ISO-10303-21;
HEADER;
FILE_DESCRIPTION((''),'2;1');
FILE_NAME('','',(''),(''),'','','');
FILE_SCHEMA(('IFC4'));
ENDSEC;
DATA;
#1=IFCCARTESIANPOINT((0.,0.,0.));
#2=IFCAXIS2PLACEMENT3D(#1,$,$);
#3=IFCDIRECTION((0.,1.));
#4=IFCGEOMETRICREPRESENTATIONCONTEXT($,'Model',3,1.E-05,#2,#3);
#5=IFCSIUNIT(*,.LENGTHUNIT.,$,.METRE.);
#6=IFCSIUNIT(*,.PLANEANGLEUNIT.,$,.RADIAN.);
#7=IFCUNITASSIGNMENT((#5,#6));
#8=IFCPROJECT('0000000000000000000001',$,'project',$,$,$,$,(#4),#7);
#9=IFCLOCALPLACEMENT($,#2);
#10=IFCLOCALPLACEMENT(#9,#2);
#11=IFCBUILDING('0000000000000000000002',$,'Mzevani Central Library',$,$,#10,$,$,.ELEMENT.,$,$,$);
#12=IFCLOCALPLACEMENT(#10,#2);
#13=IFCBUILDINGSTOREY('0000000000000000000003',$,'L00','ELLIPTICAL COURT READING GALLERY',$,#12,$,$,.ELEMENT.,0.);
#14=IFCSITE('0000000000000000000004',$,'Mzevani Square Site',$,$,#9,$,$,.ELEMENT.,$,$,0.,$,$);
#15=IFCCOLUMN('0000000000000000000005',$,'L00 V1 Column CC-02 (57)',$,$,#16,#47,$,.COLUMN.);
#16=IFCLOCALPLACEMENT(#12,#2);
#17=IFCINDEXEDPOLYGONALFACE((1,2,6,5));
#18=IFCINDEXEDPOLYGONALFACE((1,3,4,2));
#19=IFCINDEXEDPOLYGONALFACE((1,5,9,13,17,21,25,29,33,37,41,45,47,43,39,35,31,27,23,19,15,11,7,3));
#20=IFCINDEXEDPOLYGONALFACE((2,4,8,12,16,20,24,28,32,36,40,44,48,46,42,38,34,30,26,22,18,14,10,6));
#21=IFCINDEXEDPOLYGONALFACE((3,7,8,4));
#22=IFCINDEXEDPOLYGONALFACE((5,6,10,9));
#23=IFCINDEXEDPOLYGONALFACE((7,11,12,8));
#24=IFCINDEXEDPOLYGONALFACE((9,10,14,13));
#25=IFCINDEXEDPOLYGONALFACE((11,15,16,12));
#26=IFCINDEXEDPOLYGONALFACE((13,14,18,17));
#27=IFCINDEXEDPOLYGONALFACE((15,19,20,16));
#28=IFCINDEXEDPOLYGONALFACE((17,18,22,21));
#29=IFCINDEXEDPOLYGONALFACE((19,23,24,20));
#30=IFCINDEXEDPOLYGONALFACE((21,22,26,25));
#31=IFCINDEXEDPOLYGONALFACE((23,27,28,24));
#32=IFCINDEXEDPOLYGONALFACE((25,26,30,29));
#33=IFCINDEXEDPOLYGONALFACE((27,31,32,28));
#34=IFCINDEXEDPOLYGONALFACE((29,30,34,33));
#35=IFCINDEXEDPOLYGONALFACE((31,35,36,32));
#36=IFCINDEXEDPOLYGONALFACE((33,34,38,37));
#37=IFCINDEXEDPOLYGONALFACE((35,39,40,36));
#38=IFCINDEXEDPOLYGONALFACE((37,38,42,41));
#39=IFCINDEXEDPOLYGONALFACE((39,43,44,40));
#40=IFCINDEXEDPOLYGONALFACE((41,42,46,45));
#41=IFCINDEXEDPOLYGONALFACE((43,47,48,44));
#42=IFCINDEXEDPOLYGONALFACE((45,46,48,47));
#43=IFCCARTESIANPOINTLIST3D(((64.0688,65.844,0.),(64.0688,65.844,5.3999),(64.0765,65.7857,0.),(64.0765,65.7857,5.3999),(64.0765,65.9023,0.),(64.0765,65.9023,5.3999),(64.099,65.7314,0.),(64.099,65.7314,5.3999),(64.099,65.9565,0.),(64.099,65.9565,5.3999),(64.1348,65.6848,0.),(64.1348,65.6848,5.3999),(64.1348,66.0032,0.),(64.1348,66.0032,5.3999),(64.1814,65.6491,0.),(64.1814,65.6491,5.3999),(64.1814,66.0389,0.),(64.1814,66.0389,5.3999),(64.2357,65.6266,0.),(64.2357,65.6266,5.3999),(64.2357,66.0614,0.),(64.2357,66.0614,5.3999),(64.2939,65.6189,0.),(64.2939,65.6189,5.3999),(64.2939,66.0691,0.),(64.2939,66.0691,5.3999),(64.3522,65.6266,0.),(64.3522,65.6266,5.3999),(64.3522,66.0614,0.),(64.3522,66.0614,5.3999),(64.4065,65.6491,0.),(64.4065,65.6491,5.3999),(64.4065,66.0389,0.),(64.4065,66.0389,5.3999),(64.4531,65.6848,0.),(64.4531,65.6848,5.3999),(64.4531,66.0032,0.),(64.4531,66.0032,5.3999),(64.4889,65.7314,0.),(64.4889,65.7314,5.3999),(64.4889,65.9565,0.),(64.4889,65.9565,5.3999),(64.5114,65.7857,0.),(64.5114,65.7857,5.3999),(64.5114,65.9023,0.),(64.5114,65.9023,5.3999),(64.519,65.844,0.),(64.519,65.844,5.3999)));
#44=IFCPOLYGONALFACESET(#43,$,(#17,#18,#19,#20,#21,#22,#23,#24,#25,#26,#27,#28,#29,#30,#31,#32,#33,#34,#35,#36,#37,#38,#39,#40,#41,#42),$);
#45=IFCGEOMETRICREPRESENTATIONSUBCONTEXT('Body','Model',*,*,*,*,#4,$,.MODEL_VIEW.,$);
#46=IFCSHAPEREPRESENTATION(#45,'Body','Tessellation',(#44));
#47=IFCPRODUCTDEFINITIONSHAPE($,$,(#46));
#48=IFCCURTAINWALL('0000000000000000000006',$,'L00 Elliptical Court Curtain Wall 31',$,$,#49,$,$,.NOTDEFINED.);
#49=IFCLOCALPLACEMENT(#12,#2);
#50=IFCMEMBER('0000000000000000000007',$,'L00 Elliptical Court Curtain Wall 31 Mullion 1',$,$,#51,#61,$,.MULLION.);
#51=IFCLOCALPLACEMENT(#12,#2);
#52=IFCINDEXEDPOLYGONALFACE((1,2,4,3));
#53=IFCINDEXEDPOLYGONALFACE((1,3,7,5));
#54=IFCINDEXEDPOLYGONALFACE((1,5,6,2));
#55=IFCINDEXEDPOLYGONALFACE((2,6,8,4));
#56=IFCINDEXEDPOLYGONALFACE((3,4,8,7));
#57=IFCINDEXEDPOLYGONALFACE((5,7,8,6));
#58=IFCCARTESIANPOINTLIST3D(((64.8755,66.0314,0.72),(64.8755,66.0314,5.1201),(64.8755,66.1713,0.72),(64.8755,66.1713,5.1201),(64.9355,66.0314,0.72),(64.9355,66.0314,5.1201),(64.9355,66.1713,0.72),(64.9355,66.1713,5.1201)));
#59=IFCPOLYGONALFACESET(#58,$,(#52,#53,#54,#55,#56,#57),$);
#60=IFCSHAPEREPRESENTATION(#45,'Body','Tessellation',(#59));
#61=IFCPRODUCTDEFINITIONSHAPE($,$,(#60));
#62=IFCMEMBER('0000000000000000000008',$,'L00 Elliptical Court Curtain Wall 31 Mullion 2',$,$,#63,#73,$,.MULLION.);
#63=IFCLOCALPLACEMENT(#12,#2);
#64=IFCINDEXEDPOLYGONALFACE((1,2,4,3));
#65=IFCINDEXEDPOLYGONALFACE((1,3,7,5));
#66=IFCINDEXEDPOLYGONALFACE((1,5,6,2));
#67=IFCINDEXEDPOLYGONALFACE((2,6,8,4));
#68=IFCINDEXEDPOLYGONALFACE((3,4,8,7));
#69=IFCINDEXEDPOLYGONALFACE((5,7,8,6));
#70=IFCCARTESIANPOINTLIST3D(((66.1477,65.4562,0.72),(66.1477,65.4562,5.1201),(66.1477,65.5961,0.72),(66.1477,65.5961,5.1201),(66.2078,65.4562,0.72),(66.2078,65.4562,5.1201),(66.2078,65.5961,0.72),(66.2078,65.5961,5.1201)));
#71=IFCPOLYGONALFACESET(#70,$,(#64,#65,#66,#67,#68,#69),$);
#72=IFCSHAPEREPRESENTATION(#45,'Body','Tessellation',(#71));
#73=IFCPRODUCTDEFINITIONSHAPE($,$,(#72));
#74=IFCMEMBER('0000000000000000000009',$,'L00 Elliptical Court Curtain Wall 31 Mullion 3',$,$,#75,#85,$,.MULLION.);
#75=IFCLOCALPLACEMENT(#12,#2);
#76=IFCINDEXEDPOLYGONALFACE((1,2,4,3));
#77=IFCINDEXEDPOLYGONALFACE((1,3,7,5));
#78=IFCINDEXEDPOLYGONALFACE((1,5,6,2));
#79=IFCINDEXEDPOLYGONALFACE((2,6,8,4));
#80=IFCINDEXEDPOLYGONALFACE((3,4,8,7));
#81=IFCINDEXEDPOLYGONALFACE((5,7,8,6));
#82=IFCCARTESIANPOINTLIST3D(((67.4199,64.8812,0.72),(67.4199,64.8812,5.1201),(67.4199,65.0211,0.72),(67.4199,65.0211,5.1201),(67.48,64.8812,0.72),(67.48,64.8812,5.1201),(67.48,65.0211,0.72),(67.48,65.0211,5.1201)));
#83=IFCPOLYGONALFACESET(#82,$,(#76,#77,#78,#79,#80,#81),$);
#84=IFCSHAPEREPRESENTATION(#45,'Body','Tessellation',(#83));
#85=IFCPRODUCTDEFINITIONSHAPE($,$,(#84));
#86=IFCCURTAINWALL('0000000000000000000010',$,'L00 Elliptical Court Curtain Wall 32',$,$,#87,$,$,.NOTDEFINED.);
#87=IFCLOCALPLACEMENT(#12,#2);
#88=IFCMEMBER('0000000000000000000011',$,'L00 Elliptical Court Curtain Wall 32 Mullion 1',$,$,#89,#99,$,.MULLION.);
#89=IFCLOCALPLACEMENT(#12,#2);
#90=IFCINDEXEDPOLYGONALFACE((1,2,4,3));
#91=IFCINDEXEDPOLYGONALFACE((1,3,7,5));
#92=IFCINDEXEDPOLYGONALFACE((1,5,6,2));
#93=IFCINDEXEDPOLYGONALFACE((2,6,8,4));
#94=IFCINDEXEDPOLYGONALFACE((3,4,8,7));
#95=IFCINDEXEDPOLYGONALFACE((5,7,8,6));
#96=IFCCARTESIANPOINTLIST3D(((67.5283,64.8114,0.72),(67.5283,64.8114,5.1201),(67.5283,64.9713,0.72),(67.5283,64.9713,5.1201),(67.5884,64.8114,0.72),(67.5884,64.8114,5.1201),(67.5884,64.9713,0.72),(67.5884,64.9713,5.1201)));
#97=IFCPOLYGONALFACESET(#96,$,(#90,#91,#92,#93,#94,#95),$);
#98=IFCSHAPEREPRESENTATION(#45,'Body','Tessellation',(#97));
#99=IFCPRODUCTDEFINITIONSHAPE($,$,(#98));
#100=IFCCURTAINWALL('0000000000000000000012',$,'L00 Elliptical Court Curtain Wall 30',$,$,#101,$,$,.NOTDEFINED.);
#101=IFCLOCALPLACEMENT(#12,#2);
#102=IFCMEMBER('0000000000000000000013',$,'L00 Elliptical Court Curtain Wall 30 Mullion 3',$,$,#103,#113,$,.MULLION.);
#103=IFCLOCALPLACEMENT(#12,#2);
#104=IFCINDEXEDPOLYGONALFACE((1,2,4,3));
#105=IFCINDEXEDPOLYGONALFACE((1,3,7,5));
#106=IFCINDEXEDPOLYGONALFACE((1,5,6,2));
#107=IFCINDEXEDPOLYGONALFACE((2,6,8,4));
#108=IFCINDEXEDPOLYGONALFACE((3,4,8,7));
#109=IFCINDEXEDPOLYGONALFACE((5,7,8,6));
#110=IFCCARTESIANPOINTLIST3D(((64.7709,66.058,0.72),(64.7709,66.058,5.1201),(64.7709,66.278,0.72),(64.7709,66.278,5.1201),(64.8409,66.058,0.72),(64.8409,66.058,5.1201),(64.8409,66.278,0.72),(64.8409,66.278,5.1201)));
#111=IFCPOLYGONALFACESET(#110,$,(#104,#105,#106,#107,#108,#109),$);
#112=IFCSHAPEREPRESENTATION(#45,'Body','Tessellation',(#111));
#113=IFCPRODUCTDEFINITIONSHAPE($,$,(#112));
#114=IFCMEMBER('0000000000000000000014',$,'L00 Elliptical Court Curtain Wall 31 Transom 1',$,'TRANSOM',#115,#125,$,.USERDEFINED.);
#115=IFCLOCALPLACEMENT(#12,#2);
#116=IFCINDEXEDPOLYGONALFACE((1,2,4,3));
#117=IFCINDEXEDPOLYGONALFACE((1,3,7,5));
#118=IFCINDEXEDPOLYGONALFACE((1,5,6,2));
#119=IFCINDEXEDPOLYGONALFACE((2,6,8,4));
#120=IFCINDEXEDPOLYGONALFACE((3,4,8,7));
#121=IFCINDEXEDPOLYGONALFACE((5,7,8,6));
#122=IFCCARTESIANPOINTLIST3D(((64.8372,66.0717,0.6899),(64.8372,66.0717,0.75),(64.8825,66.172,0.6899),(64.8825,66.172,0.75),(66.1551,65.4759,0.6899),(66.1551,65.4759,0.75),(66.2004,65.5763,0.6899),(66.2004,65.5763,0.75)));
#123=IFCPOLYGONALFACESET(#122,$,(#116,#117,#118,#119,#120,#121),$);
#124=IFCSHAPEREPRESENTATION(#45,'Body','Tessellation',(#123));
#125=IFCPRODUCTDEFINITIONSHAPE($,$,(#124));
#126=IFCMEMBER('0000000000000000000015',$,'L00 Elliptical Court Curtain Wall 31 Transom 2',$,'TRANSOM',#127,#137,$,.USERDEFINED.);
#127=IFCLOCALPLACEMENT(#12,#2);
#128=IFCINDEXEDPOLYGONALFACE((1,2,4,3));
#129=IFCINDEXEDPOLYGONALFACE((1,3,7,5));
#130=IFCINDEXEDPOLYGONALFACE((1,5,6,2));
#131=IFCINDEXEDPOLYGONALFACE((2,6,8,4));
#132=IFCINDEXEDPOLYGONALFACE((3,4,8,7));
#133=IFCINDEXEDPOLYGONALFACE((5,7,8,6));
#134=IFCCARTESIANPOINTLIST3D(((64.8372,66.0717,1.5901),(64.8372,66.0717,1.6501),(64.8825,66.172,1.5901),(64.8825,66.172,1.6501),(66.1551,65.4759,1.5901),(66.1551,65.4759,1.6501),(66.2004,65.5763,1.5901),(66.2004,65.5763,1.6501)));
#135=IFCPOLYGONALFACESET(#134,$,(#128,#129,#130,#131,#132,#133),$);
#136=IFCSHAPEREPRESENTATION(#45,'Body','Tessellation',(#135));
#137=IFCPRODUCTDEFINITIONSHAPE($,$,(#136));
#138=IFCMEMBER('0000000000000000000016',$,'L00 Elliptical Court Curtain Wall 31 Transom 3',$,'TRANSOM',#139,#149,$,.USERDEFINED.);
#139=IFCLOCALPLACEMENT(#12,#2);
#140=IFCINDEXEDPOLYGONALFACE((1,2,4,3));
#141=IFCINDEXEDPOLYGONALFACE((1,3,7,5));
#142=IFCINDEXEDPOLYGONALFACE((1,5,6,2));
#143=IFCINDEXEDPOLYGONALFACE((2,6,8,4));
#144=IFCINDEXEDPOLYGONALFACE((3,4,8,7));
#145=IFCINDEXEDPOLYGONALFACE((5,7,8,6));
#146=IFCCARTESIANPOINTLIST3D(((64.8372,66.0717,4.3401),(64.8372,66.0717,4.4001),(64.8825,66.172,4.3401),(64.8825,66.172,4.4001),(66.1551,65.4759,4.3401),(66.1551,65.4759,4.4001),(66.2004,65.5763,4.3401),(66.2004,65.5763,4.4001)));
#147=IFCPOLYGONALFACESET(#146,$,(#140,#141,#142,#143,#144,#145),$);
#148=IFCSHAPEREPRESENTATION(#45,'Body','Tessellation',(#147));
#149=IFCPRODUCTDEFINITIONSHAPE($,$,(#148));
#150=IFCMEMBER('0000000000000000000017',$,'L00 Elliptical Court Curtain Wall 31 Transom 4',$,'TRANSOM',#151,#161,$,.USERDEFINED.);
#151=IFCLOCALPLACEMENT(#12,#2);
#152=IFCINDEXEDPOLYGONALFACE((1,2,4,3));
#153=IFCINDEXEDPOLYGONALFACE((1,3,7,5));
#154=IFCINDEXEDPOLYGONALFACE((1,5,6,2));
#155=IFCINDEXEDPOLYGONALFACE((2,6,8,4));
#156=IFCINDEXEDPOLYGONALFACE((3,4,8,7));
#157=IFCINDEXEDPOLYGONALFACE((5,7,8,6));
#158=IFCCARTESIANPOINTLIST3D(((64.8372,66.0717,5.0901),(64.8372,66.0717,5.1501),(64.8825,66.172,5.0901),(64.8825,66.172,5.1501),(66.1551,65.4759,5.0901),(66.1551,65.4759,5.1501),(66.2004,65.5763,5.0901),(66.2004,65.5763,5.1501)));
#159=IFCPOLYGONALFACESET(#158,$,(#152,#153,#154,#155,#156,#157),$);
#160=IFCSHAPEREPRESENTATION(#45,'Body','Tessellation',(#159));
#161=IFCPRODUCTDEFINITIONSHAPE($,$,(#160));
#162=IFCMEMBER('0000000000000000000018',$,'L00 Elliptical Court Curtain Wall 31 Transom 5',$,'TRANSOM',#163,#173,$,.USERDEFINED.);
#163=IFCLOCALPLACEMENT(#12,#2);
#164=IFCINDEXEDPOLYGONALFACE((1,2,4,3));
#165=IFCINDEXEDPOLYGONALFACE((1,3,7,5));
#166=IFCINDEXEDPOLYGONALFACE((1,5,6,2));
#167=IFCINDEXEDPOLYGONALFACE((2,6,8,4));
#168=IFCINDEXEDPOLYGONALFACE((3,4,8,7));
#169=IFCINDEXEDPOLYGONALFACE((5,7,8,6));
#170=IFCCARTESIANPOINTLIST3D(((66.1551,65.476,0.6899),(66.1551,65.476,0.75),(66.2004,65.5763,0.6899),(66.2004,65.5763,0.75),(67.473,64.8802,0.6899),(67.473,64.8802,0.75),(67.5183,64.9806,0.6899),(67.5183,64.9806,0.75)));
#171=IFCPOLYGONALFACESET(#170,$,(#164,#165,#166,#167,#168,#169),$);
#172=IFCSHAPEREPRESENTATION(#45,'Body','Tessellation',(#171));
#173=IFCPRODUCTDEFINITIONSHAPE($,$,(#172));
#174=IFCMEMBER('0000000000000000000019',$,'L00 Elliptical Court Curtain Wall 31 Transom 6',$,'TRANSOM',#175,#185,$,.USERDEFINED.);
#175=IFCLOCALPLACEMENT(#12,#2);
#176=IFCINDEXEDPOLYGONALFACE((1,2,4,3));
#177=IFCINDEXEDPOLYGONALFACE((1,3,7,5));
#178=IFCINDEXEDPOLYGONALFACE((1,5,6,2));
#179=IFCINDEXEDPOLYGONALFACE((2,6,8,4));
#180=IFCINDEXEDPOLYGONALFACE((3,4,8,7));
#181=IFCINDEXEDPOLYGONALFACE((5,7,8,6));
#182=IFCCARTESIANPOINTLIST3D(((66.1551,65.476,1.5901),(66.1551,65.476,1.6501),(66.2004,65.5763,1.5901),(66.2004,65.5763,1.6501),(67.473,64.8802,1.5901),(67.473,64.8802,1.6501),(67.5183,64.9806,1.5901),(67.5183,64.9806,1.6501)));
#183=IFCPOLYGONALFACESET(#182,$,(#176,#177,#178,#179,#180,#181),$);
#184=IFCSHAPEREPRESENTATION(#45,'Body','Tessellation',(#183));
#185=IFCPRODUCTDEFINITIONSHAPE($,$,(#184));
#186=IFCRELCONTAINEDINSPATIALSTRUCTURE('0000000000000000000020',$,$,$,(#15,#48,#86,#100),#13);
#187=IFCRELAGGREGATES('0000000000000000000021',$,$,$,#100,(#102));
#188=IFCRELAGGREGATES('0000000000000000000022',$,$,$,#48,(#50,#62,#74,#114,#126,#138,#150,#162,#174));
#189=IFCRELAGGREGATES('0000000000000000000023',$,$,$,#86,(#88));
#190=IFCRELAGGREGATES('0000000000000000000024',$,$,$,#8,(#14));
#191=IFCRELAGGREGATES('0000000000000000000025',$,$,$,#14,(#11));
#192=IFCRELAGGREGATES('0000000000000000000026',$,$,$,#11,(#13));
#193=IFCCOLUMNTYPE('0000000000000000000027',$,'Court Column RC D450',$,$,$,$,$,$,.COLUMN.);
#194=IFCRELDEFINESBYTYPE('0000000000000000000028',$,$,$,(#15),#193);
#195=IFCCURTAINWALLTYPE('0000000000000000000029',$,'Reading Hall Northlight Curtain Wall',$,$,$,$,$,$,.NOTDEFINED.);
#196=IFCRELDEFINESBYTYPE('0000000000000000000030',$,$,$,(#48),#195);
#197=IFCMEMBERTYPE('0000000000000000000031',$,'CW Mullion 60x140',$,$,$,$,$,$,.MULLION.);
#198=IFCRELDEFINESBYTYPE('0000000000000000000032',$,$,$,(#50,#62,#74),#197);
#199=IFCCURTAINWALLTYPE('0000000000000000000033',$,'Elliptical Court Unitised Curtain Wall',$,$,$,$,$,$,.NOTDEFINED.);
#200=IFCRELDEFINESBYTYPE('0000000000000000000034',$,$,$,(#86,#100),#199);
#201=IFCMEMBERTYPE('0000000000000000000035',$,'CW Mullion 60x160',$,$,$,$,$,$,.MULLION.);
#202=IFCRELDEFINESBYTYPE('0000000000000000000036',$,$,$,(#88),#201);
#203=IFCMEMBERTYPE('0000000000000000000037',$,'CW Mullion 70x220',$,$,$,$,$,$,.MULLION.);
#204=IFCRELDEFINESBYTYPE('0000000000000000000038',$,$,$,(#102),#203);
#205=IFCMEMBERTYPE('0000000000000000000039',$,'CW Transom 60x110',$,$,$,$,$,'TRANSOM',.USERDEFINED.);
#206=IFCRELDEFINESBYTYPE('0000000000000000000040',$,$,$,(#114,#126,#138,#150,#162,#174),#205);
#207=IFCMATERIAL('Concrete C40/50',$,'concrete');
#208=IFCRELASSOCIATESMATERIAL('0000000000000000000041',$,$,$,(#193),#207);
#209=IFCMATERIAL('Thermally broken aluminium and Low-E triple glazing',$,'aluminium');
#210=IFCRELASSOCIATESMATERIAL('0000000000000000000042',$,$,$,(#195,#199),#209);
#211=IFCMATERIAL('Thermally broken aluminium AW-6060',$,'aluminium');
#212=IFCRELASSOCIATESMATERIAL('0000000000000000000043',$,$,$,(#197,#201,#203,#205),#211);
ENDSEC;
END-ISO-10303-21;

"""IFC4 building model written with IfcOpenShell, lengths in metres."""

from ifc_helpers import new_model, si_unit, direction, frame, origin, origin_2d, place, context, subcontext, project, spatial, rectangle, circle, extrude, material, material_profile, profile_set, type_object, element, aggregate, save


model = new_model("IFC4")

# Units and contexts
model_context = context("Model", 3, precision=1e-05, world=origin(), true_north=direction((0.0, 1.0)))
body_context = subcontext(model_context, "Body", "Model", "MODEL_VIEW")
ifc_project = project(units=[si_unit("LENGTHUNIT", "METRE"), si_unit("PLANEANGLEUNIT", "RADIAN")], contexts=[model_context])

# Site, building, storey
site_placement = place(None, origin())
site = spatial("IfcSite", under=ifc_project, at=site_placement, Name="Mzevani Square Site", CompositionType="ELEMENT", RefElevation=0.0)
building_placement = place(site_placement, origin())
building = spatial("IfcBuilding", under=site, at=building_placement, Name="Mzevani Central Library", CompositionType="ELEMENT")
storey_placement = place(building_placement, origin())
storey = spatial("IfcBuildingStorey", under=building, at=storey_placement, Name="L00", Description="ELLIPTICAL COURT READING GALLERY", CompositionType="ELEMENT", Elevation=0.0)

# Column
ifc_material_1 = material(Name="Concrete C40/50", Category="concrete")
ifc_material_profile_1 = material_profile(ifc_material_1, circle(Radius=0.2251, at=origin_2d()), Name="RC D450")
ifc_profile_set_1 = profile_set([ifc_material_profile_1], Name="Concrete C40/50")
column_type = type_object("IfcColumnType", Name="Court Column RC D450", PredefinedType="COLUMN", material=ifc_profile_set_1)
column_placement = place(storey_placement, frame((64.2939, 65.844, 0.0), z_axis=(0.0, 0.0, 1.0), x_axis=(1.0, 0.0, 0.0)))
element("IfcColumn", 1, at=column_placement, inside=storey, type_object=column_type, Name="L00 V1 Column CC-02 (57)", PredefinedType="COLUMN", context=body_context, shape_type="SweptSolid", body=[
    extrude(circle(Radius=0.2251, at=origin_2d()), origin(), (0.0, 0.0, 1.0), 5.3999),
])

# Curtain wall, members
ifc_material_2 = material(Name="Thermally broken aluminium and Low-E triple glazing", Category="aluminium")
curtain_wall_type_1 = type_object("IfcCurtainWallType", Name="Reading Hall Northlight Curtain Wall", PredefinedType="NOTDEFINED", material=ifc_material_2)
curtain_wall_1_placement = place(storey_placement, origin())
curtain_wall_1 = element("IfcCurtainWall", 2, at=curtain_wall_1_placement, inside=storey, type_object=curtain_wall_type_1, Name="L00 Elliptical Court Curtain Wall 31", PredefinedType="NOTDEFINED")
ifc_material_3 = material(Name="Thermally broken aluminium AW-6060", Category="aluminium")
ifc_material_profile_2 = material_profile(ifc_material_3, rectangle(XDim=0.0601, YDim=0.1399, at=origin_2d()), Name="ALU M60x140")
ifc_profile_set_2 = profile_set([ifc_material_profile_2], Name="Thermally broken aluminium AW-6060")
member_type_1 = type_object("IfcMemberType", Name="CW Mullion 60x140", PredefinedType="MULLION", material=ifc_profile_set_2)
member_1_placement = place(storey_placement, frame((64.9055, 66.1013, 0.72), z_axis=(0.0, 0.0, 1.0), x_axis=(1.0, 0.0, 0.0)))
member_1 = element("IfcMember", 3, at=member_1_placement, type_object=member_type_1, Name="L00 Elliptical Court Curtain Wall 31 Mullion 1", PredefinedType="MULLION", context=body_context, shape_type="SweptSolid", body=[
    extrude(rectangle(XDim=0.0601, YDim=0.1399, at=origin_2d()), origin(), (0.0, 0.0, 1.0), 4.4001),
])
member_2_placement = place(storey_placement, frame((66.1777, 65.5261, 0.72), z_axis=(0.0, 0.0, 1.0), x_axis=(1.0, 0.0, 0.0)))
member_2 = element("IfcMember", 4, at=member_2_placement, type_object=member_type_1, Name="L00 Elliptical Court Curtain Wall 31 Mullion 2", PredefinedType="MULLION", context=body_context, shape_type="SweptSolid", body=[
    extrude(rectangle(XDim=0.0601, YDim=0.1399, at=origin_2d()), origin(), (0.0, 0.0, 1.0), 4.4001),
])
member_3_placement = place(storey_placement, frame((67.45, 64.9512, 0.72), z_axis=(0.0, 0.0, 1.0), x_axis=(1.0, 0.0, 0.0)))
member_3 = element("IfcMember", 5, at=member_3_placement, type_object=member_type_1, Name="L00 Elliptical Court Curtain Wall 31 Mullion 3", PredefinedType="MULLION", context=body_context, shape_type="SweptSolid", body=[
    extrude(rectangle(XDim=0.0601, YDim=0.1399, at=origin_2d()), origin(), (0.0, 0.0, 1.0), 4.4001),
])

# Curtain walls, members
curtain_wall_type_2 = type_object("IfcCurtainWallType", Name="Elliptical Court Unitised Curtain Wall", PredefinedType="NOTDEFINED", material=ifc_material_2)
curtain_wall_2_placement = place(storey_placement, origin())
curtain_wall_2 = element("IfcCurtainWall", 6, at=curtain_wall_2_placement, inside=storey, type_object=curtain_wall_type_2, Name="L00 Elliptical Court Curtain Wall 32", PredefinedType="NOTDEFINED")
ifc_material_profile_3 = material_profile(ifc_material_3, rectangle(XDim=0.0601, YDim=0.1599, at=origin_2d()), Name="ALU M60x160")
ifc_profile_set_3 = profile_set([ifc_material_profile_3], Name="Thermally broken aluminium AW-6060")
member_type_2 = type_object("IfcMemberType", Name="CW Mullion 60x160", PredefinedType="MULLION", material=ifc_profile_set_3)
member_4_placement = place(storey_placement, frame((67.5583, 64.8914, 0.72), z_axis=(0.0, 0.0, 1.0), x_axis=(1.0, 0.0, 0.0)))
member_4 = element("IfcMember", 7, at=member_4_placement, type_object=member_type_2, Name="L00 Elliptical Court Curtain Wall 32 Mullion 1", PredefinedType="MULLION", context=body_context, shape_type="SweptSolid", body=[
    extrude(rectangle(XDim=0.0601, YDim=0.1599, at=origin_2d()), origin(), (0.0, 0.0, 1.0), 4.4001),
])
curtain_wall_3_placement = place(storey_placement, origin())
curtain_wall_3 = element("IfcCurtainWall", 8, at=curtain_wall_3_placement, inside=storey, type_object=curtain_wall_type_2, Name="L00 Elliptical Court Curtain Wall 30", PredefinedType="NOTDEFINED")
ifc_material_profile_4 = material_profile(ifc_material_3, rectangle(XDim=0.0701, YDim=0.22, at=origin_2d()), Name="ALU M70x220")
ifc_profile_set_4 = profile_set([ifc_material_profile_4], Name="Thermally broken aluminium AW-6060")
member_type_3 = type_object("IfcMemberType", Name="CW Mullion 70x220", PredefinedType="MULLION", material=ifc_profile_set_4)
member_5_placement = place(storey_placement, frame((64.8059, 66.168, 0.72), z_axis=(0.0, 0.0, 1.0), x_axis=(1.0, 0.0, 0.0)))
member_5 = element("IfcMember", 9, at=member_5_placement, type_object=member_type_3, Name="L00 Elliptical Court Curtain Wall 30 Mullion 3", PredefinedType="MULLION", context=body_context, shape_type="SweptSolid", body=[
    extrude(rectangle(XDim=0.0701, YDim=0.22, at=origin_2d()), origin(), (0.0, 0.0, 1.0), 4.4001),
])

# Members
ifc_material_profile_5 = material_profile(ifc_material_3, rectangle(XDim=0.1101, YDim=0.0601, at=origin_2d()), Name="ALU T60x110")
ifc_profile_set_5 = profile_set([ifc_material_profile_5], Name="Thermally broken aluminium AW-6060")
member_type_4 = type_object("IfcMemberType", Name="CW Transom 60x110", ElementType="TRANSOM", PredefinedType="USERDEFINED", material=ifc_profile_set_5)
member_6_placement = place(storey_placement, frame((64.8599, 66.1218, 0.72), z_axis=(0.911232, -0.411894, 0.0), x_axis=(0.411894, 0.911232, 0.0)))
member_6 = element("IfcMember", 10, at=member_6_placement, type_object=member_type_4, Name="L00 Elliptical Court Curtain Wall 31 Transom 1", ObjectType="TRANSOM", PredefinedType="USERDEFINED", context=body_context, shape_type="SweptSolid", body=[
    extrude(rectangle(XDim=0.1101, YDim=0.0601, at=origin_2d()), origin(), (0.0, 0.0, 1.0), 1.4463),
])
member_7_placement = place(storey_placement, frame((64.8599, 66.1218, 1.6201), z_axis=(0.911232, -0.411894, 0.0), x_axis=(0.411894, 0.911232, 0.0)))
member_7 = element("IfcMember", 11, at=member_7_placement, type_object=member_type_4, Name="L00 Elliptical Court Curtain Wall 31 Transom 2", ObjectType="TRANSOM", PredefinedType="USERDEFINED", context=body_context, shape_type="SweptSolid", body=[
    extrude(rectangle(XDim=0.1101, YDim=0.0601, at=origin_2d()), origin(), (0.0, 0.0, 1.0), 1.4463),
])
member_8_placement = place(storey_placement, frame((64.8599, 66.1218, 4.3701), z_axis=(0.911232, -0.411894, 0.0), x_axis=(0.411894, 0.911232, 0.0)))
member_8 = element("IfcMember", 12, at=member_8_placement, type_object=member_type_4, Name="L00 Elliptical Court Curtain Wall 31 Transom 3", ObjectType="TRANSOM", PredefinedType="USERDEFINED", context=body_context, shape_type="SweptSolid", body=[
    extrude(rectangle(XDim=0.1101, YDim=0.0601, at=origin_2d()), origin(), (0.0, 0.0, 1.0), 1.4463),
])
member_9_placement = place(storey_placement, frame((64.8599, 66.1218, 5.1201), z_axis=(0.911232, -0.411894, 0.0), x_axis=(0.411894, 0.911232, 0.0)))
member_9 = element("IfcMember", 13, at=member_9_placement, type_object=member_type_4, Name="L00 Elliptical Court Curtain Wall 31 Transom 4", ObjectType="TRANSOM", PredefinedType="USERDEFINED", context=body_context, shape_type="SweptSolid", body=[
    extrude(rectangle(XDim=0.1101, YDim=0.0601, at=origin_2d()), origin(), (0.0, 0.0, 1.0), 1.4463),
])
member_10_placement = place(storey_placement, frame((66.1777, 65.5261, 0.72), z_axis=(0.911232, -0.411894, 0.0), x_axis=(0.411894, 0.911232, 0.0)))
member_10 = element("IfcMember", 14, at=member_10_placement, type_object=member_type_4, Name="L00 Elliptical Court Curtain Wall 31 Transom 5", ObjectType="TRANSOM", PredefinedType="USERDEFINED", context=body_context, shape_type="SweptSolid", body=[
    extrude(rectangle(XDim=0.1101, YDim=0.0601, at=origin_2d()), origin(), (0.0, 0.0, 1.0), 1.4463),
])
member_11_placement = place(storey_placement, frame((66.1777, 65.5261, 1.6201), z_axis=(0.911232, -0.411894, 0.0), x_axis=(0.411894, 0.911232, 0.0)))
member_11 = element("IfcMember", 15, at=member_11_placement, type_object=member_type_4, Name="L00 Elliptical Court Curtain Wall 31 Transom 6", ObjectType="TRANSOM", PredefinedType="USERDEFINED", context=body_context, shape_type="SweptSolid", body=[
    extrude(rectangle(XDim=0.1101, YDim=0.0601, at=origin_2d()), origin(), (0.0, 0.0, 1.0), 1.4463),
])

aggregate(curtain_wall_3, [member_5])
aggregate(curtain_wall_1, [member_1, member_2, member_3, member_6, member_7, member_8, member_9, member_10, member_11])
aggregate(curtain_wall_2, [member_4])

save(model, "model.ifc")
